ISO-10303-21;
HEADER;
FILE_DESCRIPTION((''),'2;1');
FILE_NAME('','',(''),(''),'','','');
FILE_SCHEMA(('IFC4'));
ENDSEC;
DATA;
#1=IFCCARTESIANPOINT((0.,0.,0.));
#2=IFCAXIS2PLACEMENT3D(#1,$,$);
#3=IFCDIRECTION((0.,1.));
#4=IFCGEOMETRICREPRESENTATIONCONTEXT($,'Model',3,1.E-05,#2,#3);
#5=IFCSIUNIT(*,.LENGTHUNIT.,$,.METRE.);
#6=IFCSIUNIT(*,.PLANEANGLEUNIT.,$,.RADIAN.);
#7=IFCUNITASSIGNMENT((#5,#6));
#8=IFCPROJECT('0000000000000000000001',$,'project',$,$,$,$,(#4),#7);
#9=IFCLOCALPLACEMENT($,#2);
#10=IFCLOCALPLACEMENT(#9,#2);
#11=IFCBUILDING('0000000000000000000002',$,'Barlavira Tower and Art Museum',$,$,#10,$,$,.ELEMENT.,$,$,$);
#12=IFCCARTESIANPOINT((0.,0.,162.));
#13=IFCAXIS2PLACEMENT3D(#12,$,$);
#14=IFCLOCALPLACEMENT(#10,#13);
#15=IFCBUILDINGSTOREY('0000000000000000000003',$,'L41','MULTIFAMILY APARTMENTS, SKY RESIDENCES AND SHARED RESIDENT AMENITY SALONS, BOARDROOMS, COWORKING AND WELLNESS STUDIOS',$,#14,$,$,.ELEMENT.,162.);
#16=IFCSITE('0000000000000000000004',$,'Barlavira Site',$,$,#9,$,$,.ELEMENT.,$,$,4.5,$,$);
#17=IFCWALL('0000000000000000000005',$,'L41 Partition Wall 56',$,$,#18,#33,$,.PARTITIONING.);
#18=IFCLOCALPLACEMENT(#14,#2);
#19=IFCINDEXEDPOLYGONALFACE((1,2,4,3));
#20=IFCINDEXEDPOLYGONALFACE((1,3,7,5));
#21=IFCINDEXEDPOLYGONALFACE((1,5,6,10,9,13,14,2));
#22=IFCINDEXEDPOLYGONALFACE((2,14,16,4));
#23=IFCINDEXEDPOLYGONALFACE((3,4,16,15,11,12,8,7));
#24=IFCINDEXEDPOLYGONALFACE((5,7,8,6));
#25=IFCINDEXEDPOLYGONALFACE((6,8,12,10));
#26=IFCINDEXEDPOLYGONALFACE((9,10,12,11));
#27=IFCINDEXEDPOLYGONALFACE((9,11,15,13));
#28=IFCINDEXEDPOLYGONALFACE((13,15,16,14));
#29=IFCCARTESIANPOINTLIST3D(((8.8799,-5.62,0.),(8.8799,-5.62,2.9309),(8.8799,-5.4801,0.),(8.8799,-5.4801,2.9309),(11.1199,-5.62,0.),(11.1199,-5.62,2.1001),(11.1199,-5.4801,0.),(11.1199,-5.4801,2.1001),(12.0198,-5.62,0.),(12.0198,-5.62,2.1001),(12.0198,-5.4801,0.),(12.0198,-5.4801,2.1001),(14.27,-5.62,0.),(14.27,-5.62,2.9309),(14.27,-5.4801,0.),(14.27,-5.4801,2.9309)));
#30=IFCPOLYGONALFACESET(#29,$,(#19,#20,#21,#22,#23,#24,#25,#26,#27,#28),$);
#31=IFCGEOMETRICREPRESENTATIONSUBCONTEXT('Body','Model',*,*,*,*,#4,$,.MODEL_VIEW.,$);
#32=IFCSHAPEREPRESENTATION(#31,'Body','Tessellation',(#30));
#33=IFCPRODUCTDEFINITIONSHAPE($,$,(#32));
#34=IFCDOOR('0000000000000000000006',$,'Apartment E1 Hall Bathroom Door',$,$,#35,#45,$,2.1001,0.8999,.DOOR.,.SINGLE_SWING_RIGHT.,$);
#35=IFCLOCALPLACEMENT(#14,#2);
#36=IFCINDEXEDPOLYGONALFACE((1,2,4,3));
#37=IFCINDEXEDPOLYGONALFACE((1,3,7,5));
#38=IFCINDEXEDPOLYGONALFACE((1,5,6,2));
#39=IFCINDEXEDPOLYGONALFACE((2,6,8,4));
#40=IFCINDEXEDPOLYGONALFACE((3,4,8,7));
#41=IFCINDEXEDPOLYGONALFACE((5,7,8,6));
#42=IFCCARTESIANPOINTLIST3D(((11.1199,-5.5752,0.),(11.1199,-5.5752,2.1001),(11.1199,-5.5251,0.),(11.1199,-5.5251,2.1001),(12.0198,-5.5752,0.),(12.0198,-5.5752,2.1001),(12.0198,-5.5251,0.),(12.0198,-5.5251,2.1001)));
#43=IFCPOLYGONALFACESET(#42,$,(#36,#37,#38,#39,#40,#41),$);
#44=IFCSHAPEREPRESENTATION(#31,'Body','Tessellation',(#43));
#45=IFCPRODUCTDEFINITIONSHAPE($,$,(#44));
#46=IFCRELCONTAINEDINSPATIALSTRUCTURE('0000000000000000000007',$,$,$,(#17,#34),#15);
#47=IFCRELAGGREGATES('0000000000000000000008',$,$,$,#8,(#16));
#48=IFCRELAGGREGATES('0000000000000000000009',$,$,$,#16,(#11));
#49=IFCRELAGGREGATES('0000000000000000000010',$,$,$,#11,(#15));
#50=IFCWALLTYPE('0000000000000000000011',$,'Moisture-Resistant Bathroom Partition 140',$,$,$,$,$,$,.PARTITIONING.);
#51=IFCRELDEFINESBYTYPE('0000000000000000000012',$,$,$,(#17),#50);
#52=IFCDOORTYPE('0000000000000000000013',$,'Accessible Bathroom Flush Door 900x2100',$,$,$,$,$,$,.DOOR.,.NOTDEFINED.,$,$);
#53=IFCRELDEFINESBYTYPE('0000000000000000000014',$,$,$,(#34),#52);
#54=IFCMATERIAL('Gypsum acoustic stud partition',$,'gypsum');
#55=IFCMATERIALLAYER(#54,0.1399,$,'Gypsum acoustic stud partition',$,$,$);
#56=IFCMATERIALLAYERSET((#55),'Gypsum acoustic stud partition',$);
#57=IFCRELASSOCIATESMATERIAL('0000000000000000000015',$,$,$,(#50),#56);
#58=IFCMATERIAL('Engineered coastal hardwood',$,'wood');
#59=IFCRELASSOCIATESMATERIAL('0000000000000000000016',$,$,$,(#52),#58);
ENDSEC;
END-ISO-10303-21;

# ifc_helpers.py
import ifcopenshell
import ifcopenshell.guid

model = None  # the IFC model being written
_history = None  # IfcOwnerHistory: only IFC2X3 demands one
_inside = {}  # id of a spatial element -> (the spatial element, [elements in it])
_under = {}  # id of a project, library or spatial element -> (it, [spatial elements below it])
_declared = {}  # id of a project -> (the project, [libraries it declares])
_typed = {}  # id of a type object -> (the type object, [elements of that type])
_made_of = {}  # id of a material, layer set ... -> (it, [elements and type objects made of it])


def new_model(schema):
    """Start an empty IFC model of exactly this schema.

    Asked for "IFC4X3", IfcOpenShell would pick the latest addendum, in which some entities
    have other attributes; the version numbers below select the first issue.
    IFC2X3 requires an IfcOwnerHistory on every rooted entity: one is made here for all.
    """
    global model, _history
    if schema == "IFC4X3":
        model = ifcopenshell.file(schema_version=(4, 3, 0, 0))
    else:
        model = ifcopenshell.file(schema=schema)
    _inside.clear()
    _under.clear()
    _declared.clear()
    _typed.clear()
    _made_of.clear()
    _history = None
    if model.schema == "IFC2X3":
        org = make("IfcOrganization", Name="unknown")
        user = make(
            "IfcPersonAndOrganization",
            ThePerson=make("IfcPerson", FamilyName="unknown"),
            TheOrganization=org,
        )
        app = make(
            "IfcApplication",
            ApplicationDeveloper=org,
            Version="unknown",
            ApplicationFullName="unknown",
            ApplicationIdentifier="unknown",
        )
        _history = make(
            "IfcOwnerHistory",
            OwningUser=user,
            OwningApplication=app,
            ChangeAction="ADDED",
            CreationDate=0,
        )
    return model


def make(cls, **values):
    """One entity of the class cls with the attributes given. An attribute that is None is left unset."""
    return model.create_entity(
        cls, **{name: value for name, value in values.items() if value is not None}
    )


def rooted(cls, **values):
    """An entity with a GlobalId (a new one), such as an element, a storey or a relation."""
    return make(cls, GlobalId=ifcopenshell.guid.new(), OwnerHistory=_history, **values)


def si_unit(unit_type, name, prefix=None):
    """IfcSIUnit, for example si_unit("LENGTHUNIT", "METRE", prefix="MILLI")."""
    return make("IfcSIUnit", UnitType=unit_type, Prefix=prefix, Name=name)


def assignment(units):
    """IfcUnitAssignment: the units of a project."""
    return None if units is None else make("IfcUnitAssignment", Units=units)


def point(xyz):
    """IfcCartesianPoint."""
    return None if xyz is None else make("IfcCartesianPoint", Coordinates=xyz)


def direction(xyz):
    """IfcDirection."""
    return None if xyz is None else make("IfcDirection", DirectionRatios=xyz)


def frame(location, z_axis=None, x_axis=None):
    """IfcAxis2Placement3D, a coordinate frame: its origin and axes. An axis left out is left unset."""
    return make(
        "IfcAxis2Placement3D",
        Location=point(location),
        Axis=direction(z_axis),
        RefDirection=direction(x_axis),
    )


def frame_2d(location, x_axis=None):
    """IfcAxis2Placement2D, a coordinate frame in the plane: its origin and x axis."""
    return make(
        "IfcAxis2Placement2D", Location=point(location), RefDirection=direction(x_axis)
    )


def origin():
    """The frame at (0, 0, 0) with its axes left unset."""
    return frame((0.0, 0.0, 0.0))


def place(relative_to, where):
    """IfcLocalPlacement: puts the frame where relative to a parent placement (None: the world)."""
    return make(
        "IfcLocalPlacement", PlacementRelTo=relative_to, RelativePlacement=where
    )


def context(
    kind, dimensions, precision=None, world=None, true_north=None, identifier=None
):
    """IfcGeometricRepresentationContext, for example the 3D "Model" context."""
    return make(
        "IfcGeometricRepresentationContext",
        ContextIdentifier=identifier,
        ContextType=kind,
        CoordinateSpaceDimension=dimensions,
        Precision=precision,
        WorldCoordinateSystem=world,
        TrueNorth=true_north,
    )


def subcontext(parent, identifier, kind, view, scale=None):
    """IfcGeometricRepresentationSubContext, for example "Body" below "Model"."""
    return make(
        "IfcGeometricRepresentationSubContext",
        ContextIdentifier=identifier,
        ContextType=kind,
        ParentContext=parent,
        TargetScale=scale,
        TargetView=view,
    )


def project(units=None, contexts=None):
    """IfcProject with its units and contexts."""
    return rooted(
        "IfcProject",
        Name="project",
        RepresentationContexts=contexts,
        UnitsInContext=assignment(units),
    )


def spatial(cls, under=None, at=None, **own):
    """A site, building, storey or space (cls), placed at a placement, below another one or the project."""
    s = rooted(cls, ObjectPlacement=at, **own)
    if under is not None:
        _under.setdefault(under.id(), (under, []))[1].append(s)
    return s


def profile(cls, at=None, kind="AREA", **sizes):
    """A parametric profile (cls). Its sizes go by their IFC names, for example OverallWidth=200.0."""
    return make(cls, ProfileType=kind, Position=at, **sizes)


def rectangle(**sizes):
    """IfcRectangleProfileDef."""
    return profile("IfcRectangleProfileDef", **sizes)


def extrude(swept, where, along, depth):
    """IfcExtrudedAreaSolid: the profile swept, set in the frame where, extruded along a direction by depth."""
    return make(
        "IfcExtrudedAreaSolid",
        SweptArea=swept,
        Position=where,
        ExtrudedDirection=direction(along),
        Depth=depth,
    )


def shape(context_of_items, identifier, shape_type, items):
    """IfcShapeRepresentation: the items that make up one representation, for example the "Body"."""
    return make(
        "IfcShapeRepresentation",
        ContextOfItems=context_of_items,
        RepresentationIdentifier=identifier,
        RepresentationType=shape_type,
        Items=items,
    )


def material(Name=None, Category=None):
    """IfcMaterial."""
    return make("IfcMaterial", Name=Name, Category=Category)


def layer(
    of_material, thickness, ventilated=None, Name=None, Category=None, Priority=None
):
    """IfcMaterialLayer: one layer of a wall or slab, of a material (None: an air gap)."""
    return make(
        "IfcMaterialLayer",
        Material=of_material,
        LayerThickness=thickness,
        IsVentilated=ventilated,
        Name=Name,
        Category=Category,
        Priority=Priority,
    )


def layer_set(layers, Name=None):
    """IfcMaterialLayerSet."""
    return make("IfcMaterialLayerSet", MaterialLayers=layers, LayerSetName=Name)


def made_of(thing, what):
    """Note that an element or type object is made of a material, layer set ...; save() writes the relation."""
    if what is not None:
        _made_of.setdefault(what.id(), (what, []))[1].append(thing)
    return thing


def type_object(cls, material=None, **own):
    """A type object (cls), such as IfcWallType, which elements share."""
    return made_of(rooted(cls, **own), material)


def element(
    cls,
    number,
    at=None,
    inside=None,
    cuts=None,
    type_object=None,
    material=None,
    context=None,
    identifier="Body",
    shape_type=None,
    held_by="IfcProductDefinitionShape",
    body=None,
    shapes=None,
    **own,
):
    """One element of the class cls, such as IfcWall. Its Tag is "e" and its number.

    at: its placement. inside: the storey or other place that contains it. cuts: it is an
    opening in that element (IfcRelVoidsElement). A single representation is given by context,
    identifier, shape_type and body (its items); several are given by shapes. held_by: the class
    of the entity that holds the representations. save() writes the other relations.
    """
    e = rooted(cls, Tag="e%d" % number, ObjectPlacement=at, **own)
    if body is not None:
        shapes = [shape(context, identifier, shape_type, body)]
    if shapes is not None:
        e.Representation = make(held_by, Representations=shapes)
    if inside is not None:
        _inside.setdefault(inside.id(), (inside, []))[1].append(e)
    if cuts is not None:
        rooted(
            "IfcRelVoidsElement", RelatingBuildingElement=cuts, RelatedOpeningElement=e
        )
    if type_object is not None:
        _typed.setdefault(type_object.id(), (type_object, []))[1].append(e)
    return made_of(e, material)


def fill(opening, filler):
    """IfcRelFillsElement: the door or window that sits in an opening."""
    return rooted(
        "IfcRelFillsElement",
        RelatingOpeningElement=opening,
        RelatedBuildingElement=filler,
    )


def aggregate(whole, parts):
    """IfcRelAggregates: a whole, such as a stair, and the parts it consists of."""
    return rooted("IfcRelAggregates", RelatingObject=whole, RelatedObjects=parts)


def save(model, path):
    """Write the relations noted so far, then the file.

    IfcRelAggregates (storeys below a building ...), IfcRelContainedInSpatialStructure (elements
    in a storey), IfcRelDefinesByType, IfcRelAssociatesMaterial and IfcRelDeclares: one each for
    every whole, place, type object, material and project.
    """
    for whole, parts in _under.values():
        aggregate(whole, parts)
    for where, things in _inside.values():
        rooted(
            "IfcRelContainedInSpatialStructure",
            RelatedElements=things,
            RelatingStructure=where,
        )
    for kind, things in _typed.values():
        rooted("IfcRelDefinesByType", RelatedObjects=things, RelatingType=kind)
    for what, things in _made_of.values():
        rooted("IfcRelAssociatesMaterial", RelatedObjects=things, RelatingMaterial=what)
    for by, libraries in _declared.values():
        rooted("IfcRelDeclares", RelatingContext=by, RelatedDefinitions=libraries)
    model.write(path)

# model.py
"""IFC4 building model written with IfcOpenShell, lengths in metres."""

from ifc_helpers import new_model, si_unit, direction, frame, frame_2d, origin, place, context, subcontext, project, spatial, rectangle, extrude, material, layer, layer_set, type_object, element, fill, save


model = new_model("IFC4")

# Units and contexts
model_context = context("Model", 3, precision=1e-05, world=origin(), true_north=direction((0.0, 1.0)))
body_context = subcontext(model_context, "Body", "Model", "MODEL_VIEW")
ifc_project = project(units=[si_unit("LENGTHUNIT", "METRE"), si_unit("PLANEANGLEUNIT", "RADIAN")], contexts=[model_context])

# Site, building, storey
site_placement = place(None, origin())
site = spatial("IfcSite", under=ifc_project, at=site_placement, Name="Barlavira Site", CompositionType="ELEMENT", RefElevation=4.5)
building_placement = place(site_placement, origin())
building = spatial("IfcBuilding", under=site, at=building_placement, Name="Barlavira Tower and Art Museum", CompositionType="ELEMENT")
storey_placement = place(building_placement, frame((0.0, 0.0, 162.0)))
storey = spatial("IfcBuildingStorey", under=building, at=storey_placement, Name="L41", Description="MULTIFAMILY APARTMENTS, SKY RESIDENCES AND SHARED RESIDENT AMENITY SALONS, BOARDROOMS, COWORKING AND WELLNESS STUDIOS", CompositionType="ELEMENT", Elevation=162.0)

# Shared definitions
ifc_material_1 = material(Name="Gypsum acoustic stud partition", Category="gypsum")

# Wall, opening, door
ifc_layer_1 = layer(ifc_material_1, 0.1399, Name="Gypsum acoustic stud partition")
ifc_layer_set_1 = layer_set([ifc_layer_1], Name="Gypsum acoustic stud partition")
wall_type_1 = type_object("IfcWallType", Name="Moisture-Resistant Bathroom Partition 140", PredefinedType="PARTITIONING", material=ifc_layer_set_1)
wall_1_placement = place(storey_placement, frame((8.8799, -5.55, 0.0), z_axis=(0.0, 0.0, 1.0), x_axis=(1.0, 0.0, 0.0)))
wall_1 = element("IfcWall", 1, at=wall_1_placement, inside=storey, type_object=wall_type_1, Name="L41 Partition Wall 56", PredefinedType="PARTITIONING", context=body_context, shape_type="SweptSolid", body=[
    extrude(rectangle(XDim=5.3901, YDim=0.1399, at=frame_2d((2.6951, 0.0))), origin(), (0.0, 0.0, 1.0), 2.9309),
])
opening_1_placement = place(wall_1_placement, frame((2.24, 0.0, 0.0)))
opening_1 = element("IfcOpeningElement", 2, at=opening_1_placement, cuts=wall_1, PredefinedType="OPENING", context=body_context, shape_type="SweptSolid", body=[
    extrude(rectangle(XDim=0.8999, YDim=2.1001, at=frame_2d((0.45, 1.05))), frame((0.0, 0.0801, 0.0), z_axis=(0.0, -1.0, 0.0), x_axis=(1.0, 0.0, 0.0)), (0.0, 0.0, 1.0), 0.1599),
])
ifc_material_2 = material(Name="Engineered coastal hardwood", Category="wood")
door_type_1 = type_object("IfcDoorType", Name="Accessible Bathroom Flush Door 900x2100", OperationType="NOTDEFINED", PredefinedType="DOOR", material=ifc_material_2)
door_1_placement = place(opening_1_placement, origin())
door_1 = element("IfcDoor", 3, at=door_1_placement, inside=storey, type_object=door_type_1, Name="Apartment E1 Hall Bathroom Door", OperationType="SINGLE_SWING_RIGHT", OverallHeight=2.1001, OverallWidth=0.8999, PredefinedType="DOOR", context=body_context, shape_type="SweptSolid", body=[
    extrude(rectangle(XDim=0.8999, YDim=2.1001, at=frame_2d((0.45, 1.05))), frame((0.0, 0.0249, 0.0), z_axis=(0.0, -1.0, 0.0), x_axis=(1.0, 0.0, 0.0)), (0.0, 0.0, 1.0), 0.05),
])
fill(opening_1, door_1)

save(model, "model.ifc")
